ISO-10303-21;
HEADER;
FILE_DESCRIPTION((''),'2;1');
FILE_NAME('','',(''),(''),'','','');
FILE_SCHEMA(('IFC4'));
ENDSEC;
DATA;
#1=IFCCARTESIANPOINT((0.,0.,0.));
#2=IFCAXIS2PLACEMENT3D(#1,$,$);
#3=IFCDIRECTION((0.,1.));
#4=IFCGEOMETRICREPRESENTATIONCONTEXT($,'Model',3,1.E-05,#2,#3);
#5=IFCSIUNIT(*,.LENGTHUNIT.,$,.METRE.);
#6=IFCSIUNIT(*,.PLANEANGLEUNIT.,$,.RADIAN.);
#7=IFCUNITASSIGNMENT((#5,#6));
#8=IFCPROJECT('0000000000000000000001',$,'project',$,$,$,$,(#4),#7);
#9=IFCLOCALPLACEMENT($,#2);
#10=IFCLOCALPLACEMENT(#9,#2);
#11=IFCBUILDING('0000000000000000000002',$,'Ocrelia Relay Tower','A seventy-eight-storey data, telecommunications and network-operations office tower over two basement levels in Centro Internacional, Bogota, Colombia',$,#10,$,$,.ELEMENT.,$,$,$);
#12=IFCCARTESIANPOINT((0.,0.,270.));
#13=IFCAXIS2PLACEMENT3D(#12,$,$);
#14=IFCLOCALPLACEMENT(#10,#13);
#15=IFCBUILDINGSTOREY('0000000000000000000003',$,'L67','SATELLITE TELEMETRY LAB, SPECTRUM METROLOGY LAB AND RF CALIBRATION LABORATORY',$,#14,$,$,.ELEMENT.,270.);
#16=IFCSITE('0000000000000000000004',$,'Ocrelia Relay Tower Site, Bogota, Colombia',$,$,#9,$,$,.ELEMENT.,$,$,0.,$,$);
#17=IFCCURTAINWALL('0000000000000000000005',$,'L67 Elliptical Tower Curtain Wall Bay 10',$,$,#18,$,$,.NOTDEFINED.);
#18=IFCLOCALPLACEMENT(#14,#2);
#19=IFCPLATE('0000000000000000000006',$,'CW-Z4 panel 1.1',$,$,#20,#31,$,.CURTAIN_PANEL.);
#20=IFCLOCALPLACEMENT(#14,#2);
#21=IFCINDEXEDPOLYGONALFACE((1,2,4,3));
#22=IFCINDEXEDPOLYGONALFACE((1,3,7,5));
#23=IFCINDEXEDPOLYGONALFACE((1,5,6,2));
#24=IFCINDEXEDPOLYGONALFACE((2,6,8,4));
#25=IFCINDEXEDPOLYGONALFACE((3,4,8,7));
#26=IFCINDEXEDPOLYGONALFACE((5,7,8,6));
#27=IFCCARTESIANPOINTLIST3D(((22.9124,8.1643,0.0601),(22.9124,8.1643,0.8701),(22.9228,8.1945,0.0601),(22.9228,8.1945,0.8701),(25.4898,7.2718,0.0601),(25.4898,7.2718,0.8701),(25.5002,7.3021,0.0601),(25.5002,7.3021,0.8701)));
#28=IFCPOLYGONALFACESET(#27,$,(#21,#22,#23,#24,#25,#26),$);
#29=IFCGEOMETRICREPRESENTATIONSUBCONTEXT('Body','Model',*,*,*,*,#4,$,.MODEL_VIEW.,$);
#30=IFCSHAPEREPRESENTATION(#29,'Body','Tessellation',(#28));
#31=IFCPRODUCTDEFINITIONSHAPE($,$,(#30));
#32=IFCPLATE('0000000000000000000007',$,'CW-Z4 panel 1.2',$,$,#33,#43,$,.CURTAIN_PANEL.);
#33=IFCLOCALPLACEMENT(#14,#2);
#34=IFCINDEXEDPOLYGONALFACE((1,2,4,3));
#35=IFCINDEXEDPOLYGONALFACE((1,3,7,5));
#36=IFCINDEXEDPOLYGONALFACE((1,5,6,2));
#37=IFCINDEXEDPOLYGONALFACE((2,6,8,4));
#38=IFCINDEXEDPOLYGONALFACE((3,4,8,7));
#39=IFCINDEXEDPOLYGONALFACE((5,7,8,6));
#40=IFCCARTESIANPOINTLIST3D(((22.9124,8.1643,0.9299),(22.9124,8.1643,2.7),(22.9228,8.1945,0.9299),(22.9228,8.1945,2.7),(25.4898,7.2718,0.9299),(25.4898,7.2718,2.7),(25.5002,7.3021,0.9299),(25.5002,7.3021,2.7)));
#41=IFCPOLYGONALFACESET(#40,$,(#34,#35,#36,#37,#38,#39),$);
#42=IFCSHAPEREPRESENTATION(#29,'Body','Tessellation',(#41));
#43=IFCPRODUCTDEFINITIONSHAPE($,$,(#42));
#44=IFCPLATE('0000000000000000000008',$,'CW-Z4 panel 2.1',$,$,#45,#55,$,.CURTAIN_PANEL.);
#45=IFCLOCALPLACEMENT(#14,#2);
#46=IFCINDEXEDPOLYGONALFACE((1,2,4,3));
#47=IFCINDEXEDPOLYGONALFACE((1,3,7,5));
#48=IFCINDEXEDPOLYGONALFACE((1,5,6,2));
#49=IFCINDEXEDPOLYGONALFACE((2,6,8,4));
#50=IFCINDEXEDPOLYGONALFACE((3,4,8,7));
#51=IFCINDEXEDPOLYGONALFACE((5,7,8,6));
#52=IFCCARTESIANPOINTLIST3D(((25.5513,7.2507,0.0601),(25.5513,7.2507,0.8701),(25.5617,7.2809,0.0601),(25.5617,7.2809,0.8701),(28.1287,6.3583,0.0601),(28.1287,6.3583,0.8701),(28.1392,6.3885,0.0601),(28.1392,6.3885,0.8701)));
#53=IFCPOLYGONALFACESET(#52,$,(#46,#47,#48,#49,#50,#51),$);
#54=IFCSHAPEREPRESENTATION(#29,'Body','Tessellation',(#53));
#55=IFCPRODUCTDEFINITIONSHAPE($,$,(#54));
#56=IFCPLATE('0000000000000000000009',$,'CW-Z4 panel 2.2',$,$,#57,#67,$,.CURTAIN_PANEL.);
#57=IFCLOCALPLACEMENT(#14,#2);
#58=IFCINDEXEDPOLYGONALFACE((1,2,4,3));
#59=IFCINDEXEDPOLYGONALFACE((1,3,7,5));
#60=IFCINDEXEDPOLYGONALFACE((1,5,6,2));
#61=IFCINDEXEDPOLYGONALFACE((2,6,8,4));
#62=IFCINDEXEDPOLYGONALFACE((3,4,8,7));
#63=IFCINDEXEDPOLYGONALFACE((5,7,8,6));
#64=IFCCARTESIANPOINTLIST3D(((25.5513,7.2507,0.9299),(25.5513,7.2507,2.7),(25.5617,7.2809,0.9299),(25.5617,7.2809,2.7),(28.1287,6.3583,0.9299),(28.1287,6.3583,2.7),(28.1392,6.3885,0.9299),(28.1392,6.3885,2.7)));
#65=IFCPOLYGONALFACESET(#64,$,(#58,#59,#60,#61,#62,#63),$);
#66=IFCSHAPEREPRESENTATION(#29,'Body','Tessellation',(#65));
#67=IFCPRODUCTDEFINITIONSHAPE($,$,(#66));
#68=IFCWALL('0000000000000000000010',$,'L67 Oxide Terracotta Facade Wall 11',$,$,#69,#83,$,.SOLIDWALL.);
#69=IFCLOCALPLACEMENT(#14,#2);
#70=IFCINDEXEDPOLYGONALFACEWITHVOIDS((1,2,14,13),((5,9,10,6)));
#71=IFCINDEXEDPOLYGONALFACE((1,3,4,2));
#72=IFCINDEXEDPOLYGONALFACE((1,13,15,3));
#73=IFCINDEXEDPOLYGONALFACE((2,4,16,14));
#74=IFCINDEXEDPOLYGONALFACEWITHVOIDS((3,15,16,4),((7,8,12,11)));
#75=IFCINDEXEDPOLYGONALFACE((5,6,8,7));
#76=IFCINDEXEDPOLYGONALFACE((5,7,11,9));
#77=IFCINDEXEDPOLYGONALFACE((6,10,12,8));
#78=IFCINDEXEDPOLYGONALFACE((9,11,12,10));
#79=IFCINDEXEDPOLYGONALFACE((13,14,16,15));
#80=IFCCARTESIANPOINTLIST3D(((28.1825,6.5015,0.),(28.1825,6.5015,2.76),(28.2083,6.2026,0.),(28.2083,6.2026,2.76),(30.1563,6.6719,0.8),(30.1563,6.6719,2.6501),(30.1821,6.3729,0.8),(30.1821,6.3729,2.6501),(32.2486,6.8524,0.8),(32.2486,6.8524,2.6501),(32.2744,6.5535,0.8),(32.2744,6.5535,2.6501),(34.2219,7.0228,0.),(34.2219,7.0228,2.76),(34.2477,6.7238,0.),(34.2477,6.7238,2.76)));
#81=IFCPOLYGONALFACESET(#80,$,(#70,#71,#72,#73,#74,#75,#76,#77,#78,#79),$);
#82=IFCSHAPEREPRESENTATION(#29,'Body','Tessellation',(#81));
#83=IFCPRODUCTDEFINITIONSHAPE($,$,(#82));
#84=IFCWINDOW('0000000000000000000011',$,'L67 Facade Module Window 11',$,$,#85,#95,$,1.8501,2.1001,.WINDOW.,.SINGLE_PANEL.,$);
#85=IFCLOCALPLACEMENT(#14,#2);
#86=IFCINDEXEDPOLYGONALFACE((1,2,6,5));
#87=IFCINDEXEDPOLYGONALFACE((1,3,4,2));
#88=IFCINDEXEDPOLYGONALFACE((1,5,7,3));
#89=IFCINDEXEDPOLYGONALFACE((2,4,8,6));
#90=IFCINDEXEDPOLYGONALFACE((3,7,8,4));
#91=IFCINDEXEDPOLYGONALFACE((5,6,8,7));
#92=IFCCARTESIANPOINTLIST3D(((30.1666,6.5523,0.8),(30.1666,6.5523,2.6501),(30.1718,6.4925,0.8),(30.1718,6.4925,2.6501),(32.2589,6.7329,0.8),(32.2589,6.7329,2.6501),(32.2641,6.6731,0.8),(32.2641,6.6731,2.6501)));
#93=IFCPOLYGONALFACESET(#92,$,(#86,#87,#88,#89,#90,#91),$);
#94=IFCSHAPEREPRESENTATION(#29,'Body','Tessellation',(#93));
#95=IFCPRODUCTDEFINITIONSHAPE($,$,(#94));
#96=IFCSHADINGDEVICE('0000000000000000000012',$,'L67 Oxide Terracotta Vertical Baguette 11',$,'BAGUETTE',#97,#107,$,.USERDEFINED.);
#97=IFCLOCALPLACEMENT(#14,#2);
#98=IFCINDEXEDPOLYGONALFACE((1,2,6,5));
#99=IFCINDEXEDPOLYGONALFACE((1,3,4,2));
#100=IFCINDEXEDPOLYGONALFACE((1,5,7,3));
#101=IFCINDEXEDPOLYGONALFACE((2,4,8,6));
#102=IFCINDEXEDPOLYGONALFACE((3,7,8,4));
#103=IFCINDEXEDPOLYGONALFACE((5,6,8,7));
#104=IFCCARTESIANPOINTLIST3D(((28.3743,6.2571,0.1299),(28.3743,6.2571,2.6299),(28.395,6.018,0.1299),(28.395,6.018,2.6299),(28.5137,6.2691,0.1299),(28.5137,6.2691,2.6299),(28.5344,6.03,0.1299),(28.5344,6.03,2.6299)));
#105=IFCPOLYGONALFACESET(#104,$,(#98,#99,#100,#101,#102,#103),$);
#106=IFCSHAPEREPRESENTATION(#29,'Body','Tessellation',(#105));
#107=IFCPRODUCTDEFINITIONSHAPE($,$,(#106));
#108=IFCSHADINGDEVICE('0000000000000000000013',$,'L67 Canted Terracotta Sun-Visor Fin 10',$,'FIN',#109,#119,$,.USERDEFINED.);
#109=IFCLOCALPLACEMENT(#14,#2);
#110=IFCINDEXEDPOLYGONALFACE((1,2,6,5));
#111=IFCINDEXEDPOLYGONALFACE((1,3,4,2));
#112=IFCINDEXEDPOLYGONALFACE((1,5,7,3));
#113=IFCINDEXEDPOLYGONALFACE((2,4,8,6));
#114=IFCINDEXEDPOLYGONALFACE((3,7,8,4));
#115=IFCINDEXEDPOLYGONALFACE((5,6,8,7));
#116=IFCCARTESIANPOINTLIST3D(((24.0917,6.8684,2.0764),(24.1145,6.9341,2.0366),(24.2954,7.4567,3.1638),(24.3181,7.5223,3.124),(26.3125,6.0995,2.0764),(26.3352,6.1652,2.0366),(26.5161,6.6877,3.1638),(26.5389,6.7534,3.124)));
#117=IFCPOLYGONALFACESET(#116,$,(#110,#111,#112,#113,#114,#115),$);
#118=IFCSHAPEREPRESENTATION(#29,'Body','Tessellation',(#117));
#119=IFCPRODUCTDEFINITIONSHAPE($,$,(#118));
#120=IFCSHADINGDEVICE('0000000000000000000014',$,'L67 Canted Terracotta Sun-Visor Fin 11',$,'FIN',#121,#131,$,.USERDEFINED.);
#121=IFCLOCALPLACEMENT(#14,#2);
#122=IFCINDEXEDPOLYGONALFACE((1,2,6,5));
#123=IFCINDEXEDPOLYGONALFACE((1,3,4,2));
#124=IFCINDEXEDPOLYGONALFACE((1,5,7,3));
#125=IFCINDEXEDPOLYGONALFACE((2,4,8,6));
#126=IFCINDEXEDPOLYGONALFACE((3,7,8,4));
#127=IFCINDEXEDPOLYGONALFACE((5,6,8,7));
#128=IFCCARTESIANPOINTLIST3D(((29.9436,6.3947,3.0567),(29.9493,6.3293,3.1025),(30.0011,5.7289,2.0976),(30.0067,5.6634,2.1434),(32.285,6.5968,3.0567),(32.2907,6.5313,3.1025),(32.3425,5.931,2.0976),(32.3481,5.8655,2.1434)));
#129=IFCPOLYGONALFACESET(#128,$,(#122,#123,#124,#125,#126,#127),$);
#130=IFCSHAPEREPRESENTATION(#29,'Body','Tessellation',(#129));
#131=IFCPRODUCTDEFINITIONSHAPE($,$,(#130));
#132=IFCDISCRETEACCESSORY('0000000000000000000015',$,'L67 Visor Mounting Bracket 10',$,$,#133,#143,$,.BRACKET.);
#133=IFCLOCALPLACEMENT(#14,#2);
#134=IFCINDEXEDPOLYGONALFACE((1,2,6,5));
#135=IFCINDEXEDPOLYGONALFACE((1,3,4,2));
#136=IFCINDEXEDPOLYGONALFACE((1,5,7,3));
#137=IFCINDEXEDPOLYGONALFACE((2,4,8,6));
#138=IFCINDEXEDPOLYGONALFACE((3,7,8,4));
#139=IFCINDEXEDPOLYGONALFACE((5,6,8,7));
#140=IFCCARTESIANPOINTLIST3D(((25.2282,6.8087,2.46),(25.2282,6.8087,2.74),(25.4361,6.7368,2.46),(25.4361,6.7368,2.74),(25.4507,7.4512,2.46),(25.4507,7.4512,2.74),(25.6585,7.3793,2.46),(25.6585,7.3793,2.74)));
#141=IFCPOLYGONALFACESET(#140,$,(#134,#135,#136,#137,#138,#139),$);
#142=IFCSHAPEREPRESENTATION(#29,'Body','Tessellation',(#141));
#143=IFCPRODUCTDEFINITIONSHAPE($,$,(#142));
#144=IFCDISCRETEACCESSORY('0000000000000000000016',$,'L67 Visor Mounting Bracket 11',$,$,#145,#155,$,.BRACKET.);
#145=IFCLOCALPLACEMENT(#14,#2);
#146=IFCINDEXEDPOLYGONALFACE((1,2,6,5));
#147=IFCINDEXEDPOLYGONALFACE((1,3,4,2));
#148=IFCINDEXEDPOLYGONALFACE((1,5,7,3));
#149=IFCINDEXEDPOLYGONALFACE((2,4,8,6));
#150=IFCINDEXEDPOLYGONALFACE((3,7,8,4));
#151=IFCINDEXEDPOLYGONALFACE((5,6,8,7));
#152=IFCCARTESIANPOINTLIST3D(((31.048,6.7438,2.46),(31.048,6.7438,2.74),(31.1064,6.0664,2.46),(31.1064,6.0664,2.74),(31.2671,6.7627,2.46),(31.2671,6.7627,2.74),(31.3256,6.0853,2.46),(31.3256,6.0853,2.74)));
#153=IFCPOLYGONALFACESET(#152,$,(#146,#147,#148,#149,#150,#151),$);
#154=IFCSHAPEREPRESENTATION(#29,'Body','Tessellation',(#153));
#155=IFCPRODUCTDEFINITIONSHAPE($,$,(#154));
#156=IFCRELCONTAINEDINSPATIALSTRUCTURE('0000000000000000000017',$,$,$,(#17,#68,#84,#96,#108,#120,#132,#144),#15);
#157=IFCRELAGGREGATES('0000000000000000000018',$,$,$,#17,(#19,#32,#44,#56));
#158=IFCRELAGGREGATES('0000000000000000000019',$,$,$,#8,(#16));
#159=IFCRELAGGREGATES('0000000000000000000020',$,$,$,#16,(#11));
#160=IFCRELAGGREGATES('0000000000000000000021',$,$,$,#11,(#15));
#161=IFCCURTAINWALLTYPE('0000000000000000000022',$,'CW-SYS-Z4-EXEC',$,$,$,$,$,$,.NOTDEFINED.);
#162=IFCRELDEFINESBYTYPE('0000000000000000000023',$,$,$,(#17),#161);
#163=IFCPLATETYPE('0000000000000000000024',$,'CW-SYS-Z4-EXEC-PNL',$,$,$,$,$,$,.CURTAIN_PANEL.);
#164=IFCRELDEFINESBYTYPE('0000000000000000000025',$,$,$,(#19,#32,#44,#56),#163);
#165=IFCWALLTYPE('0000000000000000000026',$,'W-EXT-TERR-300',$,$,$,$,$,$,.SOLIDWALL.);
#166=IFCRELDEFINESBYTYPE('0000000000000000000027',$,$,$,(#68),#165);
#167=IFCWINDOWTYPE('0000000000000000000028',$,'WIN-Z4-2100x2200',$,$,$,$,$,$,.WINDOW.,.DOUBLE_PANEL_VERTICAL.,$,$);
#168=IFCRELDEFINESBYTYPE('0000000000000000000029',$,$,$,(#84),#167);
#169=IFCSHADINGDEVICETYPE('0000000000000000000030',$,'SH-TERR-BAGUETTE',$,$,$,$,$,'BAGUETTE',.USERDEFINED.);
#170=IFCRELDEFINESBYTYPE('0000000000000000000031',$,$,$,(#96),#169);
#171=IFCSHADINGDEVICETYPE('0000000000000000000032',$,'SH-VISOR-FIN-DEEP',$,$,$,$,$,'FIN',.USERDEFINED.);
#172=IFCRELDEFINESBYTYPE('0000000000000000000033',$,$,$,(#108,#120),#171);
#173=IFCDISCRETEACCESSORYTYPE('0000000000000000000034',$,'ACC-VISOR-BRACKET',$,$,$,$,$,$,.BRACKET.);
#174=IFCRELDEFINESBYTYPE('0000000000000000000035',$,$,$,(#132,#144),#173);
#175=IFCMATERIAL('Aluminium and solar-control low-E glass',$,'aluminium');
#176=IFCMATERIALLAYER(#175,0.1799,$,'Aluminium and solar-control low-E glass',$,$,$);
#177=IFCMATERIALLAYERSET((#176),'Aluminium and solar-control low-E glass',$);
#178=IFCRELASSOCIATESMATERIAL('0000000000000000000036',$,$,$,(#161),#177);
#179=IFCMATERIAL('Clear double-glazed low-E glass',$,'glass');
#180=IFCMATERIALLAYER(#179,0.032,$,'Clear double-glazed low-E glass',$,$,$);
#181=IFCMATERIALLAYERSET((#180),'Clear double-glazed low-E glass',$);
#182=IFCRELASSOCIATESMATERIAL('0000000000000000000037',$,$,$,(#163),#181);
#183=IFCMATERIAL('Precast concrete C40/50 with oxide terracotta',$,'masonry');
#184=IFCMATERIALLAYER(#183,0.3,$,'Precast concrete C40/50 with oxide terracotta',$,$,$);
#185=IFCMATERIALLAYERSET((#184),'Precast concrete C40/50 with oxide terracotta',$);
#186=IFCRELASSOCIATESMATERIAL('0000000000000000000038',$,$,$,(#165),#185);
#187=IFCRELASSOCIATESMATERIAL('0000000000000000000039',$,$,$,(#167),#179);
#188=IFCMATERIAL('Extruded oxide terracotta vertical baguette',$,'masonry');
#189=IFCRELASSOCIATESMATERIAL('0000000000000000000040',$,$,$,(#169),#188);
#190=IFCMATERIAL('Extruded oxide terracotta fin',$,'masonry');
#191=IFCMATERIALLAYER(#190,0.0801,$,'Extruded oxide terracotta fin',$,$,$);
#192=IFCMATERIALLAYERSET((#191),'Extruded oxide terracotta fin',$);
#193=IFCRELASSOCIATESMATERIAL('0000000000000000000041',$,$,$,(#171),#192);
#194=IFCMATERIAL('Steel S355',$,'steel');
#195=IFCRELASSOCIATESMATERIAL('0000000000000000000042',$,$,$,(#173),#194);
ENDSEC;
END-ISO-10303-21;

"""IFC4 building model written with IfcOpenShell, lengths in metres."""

from ifc_helpers import new_model, si_unit, direction, frame, frame_2d, origin, origin_2d, place, context, subcontext, project, spatial, rectangle, extrude, material, layer, layer_set, type_object, element, fill, aggregate, save


model = new_model("IFC4")

# Units and contexts
model_context = context("Model", 3, precision=1e-05, world=origin(), true_north=direction((0.0, 1.0)))
body_context = subcontext(model_context, "Body", "Model", "MODEL_VIEW")
ifc_project = project(units=[si_unit("LENGTHUNIT", "METRE"), si_unit("PLANEANGLEUNIT", "RADIAN")], contexts=[model_context])

# Site, building, storey
site_placement = place(None, origin())
site = spatial("IfcSite", under=ifc_project, at=site_placement, Name="Ocrelia Relay Tower Site, Bogota, Colombia", CompositionType="ELEMENT", RefElevation=0.0)
building_placement = place(site_placement, origin())
building = spatial("IfcBuilding", under=site, at=building_placement, Name="Ocrelia Relay Tower", Description="A seventy-eight-storey data, telecommunications and network-operations office tower over two basement levels in Centro Internacional, Bogota, Colombia", CompositionType="ELEMENT")
storey_placement = place(building_placement, frame((0.0, 0.0, 270.0)))
storey = spatial("IfcBuildingStorey", under=building, at=storey_placement, Name="L67", Description="SATELLITE TELEMETRY LAB, SPECTRUM METROLOGY LAB AND RF CALIBRATION LABORATORY", CompositionType="ELEMENT", Elevation=270.0)

# Shared definitions
ifc_material_1 = material(Name="Steel S355", Category="steel")

# Curtain wall, plates
ifc_material_2 = material(Name="Aluminium and solar-control low-E glass", Category="aluminium")
ifc_layer_1 = layer(ifc_material_2, 0.1799, Name="Aluminium and solar-control low-E glass")
ifc_layer_set_1 = layer_set([ifc_layer_1], Name="Aluminium and solar-control low-E glass")
curtain_wall_type = type_object("IfcCurtainWallType", Name="CW-SYS-Z4-EXEC", PredefinedType="NOTDEFINED", material=ifc_layer_set_1)
curtain_wall_placement = place(storey_placement, origin())
curtain_wall = element("IfcCurtainWall", 1, at=curtain_wall_placement, inside=storey, type_object=curtain_wall_type, Name="L67 Elliptical Tower Curtain Wall Bay 10", PredefinedType="NOTDEFINED")
ifc_material_3 = material(Name="Clear double-glazed low-E glass", Category="glass")
ifc_layer_2 = layer(ifc_material_3, 0.032, Name="Clear double-glazed low-E glass")
ifc_layer_set_2 = layer_set([ifc_layer_2], Name="Clear double-glazed low-E glass")
plate_type = type_object("IfcPlateType", Name="CW-SYS-Z4-EXEC-PNL", PredefinedType="CURTAIN_PANEL", material=ifc_layer_set_2)
plate_1_placement = place(storey_placement, frame((24.2063, 7.7332, 0.0601), z_axis=(0.0, 0.0, 1.0), x_axis=(0.94496, -0.327187, 0.0)))
plate_1 = element("IfcPlate", 2, at=plate_1_placement, type_object=plate_type, Name="CW-Z4 panel 1.1", PredefinedType="CURTAIN_PANEL", context=body_context, shape_type="SweptSolid", body=[
    extrude(rectangle(XDim=2.7275, YDim=0.032, at=origin_2d()), origin(), (0.0, 0.0, 1.0), 0.8101),
])
plate_2_placement = place(storey_placement, frame((24.2063, 7.7332, 0.9299), z_axis=(0.0, 0.0, 1.0), x_axis=(0.94496, -0.327187, 0.0)))
plate_2 = element("IfcPlate", 3, at=plate_2_placement, type_object=plate_type, Name="CW-Z4 panel 1.2", PredefinedType="CURTAIN_PANEL", context=body_context, shape_type="SweptSolid", body=[
    extrude(rectangle(XDim=2.7275, YDim=0.032, at=origin_2d()), origin(), (0.0, 0.0, 1.0), 1.77),
])
plate_3_placement = place(storey_placement, frame((26.8452, 6.8196, 0.0601), z_axis=(0.0, 0.0, 1.0), x_axis=(0.94496, -0.327187, 0.0)))
plate_3 = element("IfcPlate", 4, at=plate_3_placement, type_object=plate_type, Name="CW-Z4 panel 2.1", PredefinedType="CURTAIN_PANEL", context=body_context, shape_type="SweptSolid", body=[
    extrude(rectangle(XDim=2.7275, YDim=0.032, at=origin_2d()), origin(), (0.0, 0.0, 1.0), 0.8101),
])
plate_4_placement = place(storey_placement, frame((26.8452, 6.8196, 0.9299), z_axis=(0.0, 0.0, 1.0), x_axis=(0.94496, -0.327187, 0.0)))
plate_4 = element("IfcPlate", 5, at=plate_4_placement, type_object=plate_type, Name="CW-Z4 panel 2.2", PredefinedType="CURTAIN_PANEL", context=body_context, shape_type="SweptSolid", body=[
    extrude(rectangle(XDim=2.7275, YDim=0.032, at=origin_2d()), origin(), (0.0, 0.0, 1.0), 1.77),
])
aggregate(curtain_wall, [plate_1, plate_2, plate_3, plate_4])

# Wall, opening, window
ifc_material_4 = material(Name="Precast concrete C40/50 with oxide terracotta", Category="masonry")
ifc_layer_3 = layer(ifc_material_4, 0.3, Name="Precast concrete C40/50 with oxide terracotta")
ifc_layer_set_3 = layer_set([ifc_layer_3], Name="Precast concrete C40/50 with oxide terracotta")
wall_type = type_object("IfcWallType", Name="W-EXT-TERR-300", PredefinedType="SOLIDWALL", material=ifc_layer_set_3)
wall_placement = place(storey_placement, frame((28.1956, 6.3521, 0.0), z_axis=(0.0, 0.0, 1.0), x_axis=(0.996296, 0.085988, 0.0)))
wall = element("IfcWall", 6, at=wall_placement, inside=storey, type_object=wall_type, Name="L67 Oxide Terracotta Facade Wall 11", PredefinedType="SOLIDWALL", context=body_context, shape_type="SweptSolid", body=[
    extrude(rectangle(XDim=6.0618, YDim=0.3, at=frame_2d((3.0308, 0.0))), origin(), (0.0, 0.0, 1.0), 2.76),
])
opening_placement = place(wall_placement, frame((1.981, 0.0, 0.8)))
opening = element("IfcOpeningElement", 7, at=opening_placement, cuts=wall, PredefinedType="OPENING", context=body_context, shape_type="SweptSolid", body=[
    extrude(rectangle(XDim=2.1001, YDim=1.8501, at=frame_2d((1.05, 0.925))), frame((0.0, 0.1602, 0.0), z_axis=(0.0, -1.0, 0.0), x_axis=(1.0, 0.0, 0.0)), (0.0, 0.0, 1.0), 0.3201),
])
window_type = type_object("IfcWindowType", Name="WIN-Z4-2100x2200", PartitioningType="DOUBLE_PANEL_VERTICAL", PredefinedType="WINDOW", material=ifc_material_3)
window_placement = place(opening_placement, origin())
window = element("IfcWindow", 8, at=window_placement, inside=storey, type_object=window_type, Name="L67 Facade Module Window 11", OverallHeight=1.8501, OverallWidth=2.1001, PartitioningType="SINGLE_PANEL", PredefinedType="WINDOW", context=body_context, shape_type="SweptSolid", body=[
    extrude(rectangle(XDim=2.1001, YDim=1.8501, at=frame_2d((1.05, 0.925))), frame((0.0, 0.03, 0.0), z_axis=(0.0, -1.0, 0.0), x_axis=(1.0, 0.0, 0.0)), (0.0, 0.0, 1.0), 0.0601),
])
fill(opening, window)

# Shading devices
ifc_material_5 = material(Name="Extruded oxide terracotta vertical baguette", Category="masonry")
shading_device_type_1 = type_object("IfcShadingDeviceType", Name="SH-TERR-BAGUETTE", ElementType="BAGUETTE", PredefinedType="USERDEFINED", material=ifc_material_5)
shading_device_1_placement = place(storey_placement, frame((28.4543, 6.1436, 0.1299), z_axis=(0.0, 0.0, 1.0), x_axis=(0.996297, 0.08598, 0.0)))
element("IfcShadingDevice", 9, at=shading_device_1_placement, inside=storey, type_object=shading_device_type_1, Name="L67 Oxide Terracotta Vertical Baguette 11", ObjectType="BAGUETTE", PredefinedType="USERDEFINED", context=body_context, shape_type="SweptSolid", body=[
    extrude(rectangle(XDim=0.1399, YDim=0.24, at=origin_2d()), origin(), (0.0, 0.0, 1.0), 2.5),
])
ifc_material_6 = material(Name="Extruded oxide terracotta fin", Category="masonry")
ifc_layer_4 = layer(ifc_material_6, 0.0801, Name="Extruded oxide terracotta fin")
ifc_layer_set_4 = layer_set([ifc_layer_4], Name="Extruded oxide terracotta fin")
shading_device_type_2 = type_object("IfcShadingDeviceType", Name="SH-VISOR-FIN-DEEP", ElementType="FIN", PredefinedType="USERDEFINED", material=ifc_layer_set_4)
shading_device_2_placement = place(storey_placement, frame((25.3267, 6.8438, 2.5803), z_axis=(-0.28395, -0.820085, 0.496822), x_axis=(0.94496, -0.327187, 0.0)))
element("IfcShadingDevice", 10, at=shading_device_2_placement, inside=storey, type_object=shading_device_type_2, Name="L67 Canted Terracotta Sun-Visor Fin 10", ObjectType="FIN", PredefinedType="USERDEFINED", context=body_context, shape_type="SweptSolid", body=[
    extrude(rectangle(XDim=2.3501, YDim=1.2529, at=origin_2d()), origin(), (0.0, 0.0, 1.0), 0.0801),
])
shading_device_3_placement = place(storey_placement, frame((31.1431, 6.1628, 2.5771), z_axis=(0.070543, -0.817413, 0.571716), x_axis=(0.996297, 0.08598, 0.0)))
element("IfcShadingDevice", 11, at=shading_device_3_placement, inside=storey, type_object=shading_device_type_2, Name="L67 Canted Terracotta Sun-Visor Fin 11", ObjectType="FIN", PredefinedType="USERDEFINED", context=body_context, shape_type="SweptSolid", body=[
    extrude(rectangle(XDim=2.3501, YDim=1.1689, at=origin_2d()), origin(), (0.0, 0.0, 1.0), 0.0801),
])

# Discrete accessories
discrete_accessory_type = type_object("IfcDiscreteAccessoryType", Name="ACC-VISOR-BRACKET", PredefinedType="BRACKET", material=ifc_material_1)
for number, where, z_axis, x_axis, name in (
    (12, (25.4434, 7.094, 2.46), (0.0, 0.0, 1.0), (0.94496, -0.327187, 0.0), "L67 Visor Mounting Bracket 10"),
    (13, (31.1868, 6.4146, 2.46), (0.0, 0.0, 1.0), (0.996297, 0.08598, 0.0), "L67 Visor Mounting Bracket 11"),
):
    element("IfcDiscreteAccessory", number, at=place(storey_placement, frame(where, z_axis=z_axis, x_axis=x_axis)), inside=storey, type_object=discrete_accessory_type, Name=name, PredefinedType="BRACKET", context=body_context, shape_type="SweptSolid", body=[
        extrude(rectangle(XDim=0.22, YDim=0.6799, at=origin_2d()), origin(), (0.0, 0.0, 1.0), 0.28),
    ])

save(model, "model.ifc")
